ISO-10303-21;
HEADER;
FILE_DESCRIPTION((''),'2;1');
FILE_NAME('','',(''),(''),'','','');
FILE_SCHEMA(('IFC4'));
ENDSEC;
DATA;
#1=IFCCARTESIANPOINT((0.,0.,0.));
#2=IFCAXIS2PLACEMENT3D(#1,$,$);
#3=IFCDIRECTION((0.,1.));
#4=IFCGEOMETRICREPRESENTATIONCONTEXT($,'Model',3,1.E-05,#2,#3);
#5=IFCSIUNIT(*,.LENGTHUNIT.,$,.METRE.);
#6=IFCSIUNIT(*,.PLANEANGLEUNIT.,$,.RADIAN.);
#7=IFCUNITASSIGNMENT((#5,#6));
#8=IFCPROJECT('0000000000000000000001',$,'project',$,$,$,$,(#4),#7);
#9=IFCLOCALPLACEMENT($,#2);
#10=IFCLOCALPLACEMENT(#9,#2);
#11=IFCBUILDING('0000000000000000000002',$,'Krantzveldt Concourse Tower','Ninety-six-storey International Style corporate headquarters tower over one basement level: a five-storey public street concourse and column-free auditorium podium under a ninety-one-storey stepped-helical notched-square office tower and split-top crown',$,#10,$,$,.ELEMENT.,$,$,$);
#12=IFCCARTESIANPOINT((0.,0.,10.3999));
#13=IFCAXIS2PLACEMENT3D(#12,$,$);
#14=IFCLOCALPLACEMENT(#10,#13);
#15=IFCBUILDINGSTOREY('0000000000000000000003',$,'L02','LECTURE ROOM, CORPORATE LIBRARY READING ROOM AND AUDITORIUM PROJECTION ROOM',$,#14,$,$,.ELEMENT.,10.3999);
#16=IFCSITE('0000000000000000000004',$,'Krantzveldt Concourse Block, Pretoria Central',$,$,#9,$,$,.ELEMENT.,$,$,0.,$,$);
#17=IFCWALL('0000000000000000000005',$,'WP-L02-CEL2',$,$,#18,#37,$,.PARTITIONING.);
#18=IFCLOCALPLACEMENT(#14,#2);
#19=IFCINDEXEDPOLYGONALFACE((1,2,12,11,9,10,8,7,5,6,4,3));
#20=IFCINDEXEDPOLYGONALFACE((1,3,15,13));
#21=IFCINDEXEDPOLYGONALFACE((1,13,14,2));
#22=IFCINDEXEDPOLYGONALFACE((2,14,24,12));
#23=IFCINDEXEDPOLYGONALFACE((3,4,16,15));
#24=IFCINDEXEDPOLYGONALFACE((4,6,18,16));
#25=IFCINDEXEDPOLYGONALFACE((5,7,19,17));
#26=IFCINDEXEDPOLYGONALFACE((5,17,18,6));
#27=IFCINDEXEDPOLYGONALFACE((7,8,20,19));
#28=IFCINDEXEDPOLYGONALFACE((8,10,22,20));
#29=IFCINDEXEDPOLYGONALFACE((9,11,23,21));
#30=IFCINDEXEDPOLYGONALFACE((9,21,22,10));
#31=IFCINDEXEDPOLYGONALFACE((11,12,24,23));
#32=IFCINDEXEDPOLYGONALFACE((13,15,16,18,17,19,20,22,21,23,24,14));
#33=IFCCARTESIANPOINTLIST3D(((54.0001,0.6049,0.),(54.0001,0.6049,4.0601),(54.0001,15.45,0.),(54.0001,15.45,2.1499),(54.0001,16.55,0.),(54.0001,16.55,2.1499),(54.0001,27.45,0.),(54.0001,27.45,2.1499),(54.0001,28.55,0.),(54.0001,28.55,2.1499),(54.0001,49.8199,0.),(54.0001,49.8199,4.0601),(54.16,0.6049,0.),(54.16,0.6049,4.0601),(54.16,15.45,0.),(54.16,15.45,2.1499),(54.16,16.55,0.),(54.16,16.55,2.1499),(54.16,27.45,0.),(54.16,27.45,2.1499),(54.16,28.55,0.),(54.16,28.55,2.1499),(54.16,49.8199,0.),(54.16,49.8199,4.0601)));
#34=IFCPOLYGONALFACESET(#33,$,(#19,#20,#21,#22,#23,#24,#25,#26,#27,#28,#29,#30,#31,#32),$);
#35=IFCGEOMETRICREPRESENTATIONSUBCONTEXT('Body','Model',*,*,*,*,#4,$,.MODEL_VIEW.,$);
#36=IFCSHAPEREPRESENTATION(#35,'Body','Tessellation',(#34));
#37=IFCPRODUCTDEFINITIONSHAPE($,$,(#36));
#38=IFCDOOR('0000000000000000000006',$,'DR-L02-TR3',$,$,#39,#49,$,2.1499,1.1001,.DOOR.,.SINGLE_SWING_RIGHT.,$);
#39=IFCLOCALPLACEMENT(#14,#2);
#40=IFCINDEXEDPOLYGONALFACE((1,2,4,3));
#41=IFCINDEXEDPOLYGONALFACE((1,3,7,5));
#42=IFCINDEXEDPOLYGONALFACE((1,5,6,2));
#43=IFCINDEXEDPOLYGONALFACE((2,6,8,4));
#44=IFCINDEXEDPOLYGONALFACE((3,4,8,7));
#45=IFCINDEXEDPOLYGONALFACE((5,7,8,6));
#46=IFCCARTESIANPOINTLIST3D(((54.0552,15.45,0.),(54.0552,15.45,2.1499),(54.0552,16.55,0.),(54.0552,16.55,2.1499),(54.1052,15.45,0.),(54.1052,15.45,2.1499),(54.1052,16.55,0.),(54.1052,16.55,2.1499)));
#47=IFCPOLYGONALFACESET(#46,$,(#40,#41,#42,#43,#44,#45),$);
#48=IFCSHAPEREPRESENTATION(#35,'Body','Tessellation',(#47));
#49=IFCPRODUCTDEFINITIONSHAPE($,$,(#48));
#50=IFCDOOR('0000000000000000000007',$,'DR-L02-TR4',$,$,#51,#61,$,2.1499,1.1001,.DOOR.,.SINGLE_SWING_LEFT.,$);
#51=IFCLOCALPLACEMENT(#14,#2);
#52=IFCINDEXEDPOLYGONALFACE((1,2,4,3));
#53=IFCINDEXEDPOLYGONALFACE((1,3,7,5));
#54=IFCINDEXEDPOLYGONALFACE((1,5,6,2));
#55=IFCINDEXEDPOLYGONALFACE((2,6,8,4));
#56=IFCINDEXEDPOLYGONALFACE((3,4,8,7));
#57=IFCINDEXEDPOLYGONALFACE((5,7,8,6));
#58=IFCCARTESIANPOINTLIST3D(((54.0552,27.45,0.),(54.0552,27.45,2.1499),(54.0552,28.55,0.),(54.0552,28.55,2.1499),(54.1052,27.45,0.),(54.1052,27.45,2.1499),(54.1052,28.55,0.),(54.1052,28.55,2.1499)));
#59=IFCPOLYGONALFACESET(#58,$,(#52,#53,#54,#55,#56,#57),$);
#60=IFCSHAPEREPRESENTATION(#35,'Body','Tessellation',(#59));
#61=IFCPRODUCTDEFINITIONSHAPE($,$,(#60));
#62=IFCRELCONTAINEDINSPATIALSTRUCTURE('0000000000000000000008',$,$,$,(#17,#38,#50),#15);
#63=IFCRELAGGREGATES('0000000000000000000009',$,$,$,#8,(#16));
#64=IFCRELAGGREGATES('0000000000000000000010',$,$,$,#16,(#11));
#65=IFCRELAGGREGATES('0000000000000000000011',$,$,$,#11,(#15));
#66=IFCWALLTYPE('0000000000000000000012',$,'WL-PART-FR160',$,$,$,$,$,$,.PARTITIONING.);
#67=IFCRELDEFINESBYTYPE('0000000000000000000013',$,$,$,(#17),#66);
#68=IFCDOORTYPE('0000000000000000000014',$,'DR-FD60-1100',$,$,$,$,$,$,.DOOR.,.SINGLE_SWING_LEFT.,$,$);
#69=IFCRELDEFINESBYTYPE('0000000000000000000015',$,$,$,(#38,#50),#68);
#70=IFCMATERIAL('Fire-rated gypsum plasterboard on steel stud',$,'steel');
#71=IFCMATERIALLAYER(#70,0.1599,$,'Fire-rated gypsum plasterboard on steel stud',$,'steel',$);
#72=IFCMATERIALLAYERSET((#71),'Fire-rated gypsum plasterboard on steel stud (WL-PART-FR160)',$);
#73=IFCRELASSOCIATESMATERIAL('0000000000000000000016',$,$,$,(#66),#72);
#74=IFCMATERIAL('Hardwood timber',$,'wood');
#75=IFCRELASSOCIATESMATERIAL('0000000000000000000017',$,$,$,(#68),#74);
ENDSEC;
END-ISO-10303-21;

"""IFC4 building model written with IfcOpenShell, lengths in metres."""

from ifc_helpers import new_model, si_unit, direction, frame, frame_2d, origin, place, context, subcontext, project, spatial, rectangle, extrude, material, layer, layer_set, type_object, element, fill, save


model = new_model("IFC4")

# Units and contexts
model_context = context("Model", 3, precision=1e-05, world=origin(), true_north=direction((0.0, 1.0)))
body_context = subcontext(model_context, "Body", "Model", "MODEL_VIEW")
ifc_project = project(units=[si_unit("LENGTHUNIT", "METRE"), si_unit("PLANEANGLEUNIT", "RADIAN")], contexts=[model_context])

# Site, building, storey
site_placement = place(None, origin())
site = spatial("IfcSite", under=ifc_project, at=site_placement, Name="Krantzveldt Concourse Block, Pretoria Central", CompositionType="ELEMENT", RefElevation=0.0)
building_placement = place(site_placement, origin())
building = spatial("IfcBuilding", under=site, at=building_placement, Name="Krantzveldt Concourse Tower", Description="Ninety-six-storey International Style corporate headquarters tower over one basement level: a five-storey public street concourse and column-free auditorium podium under a ninety-one-storey stepped-helical notched-square office tower and split-top crown", CompositionType="ELEMENT")
storey_placement = place(building_placement, frame((0.0, 0.0, 10.3999)))
storey = spatial("IfcBuildingStorey", under=building, at=storey_placement, Name="L02", Description="LECTURE ROOM, CORPORATE LIBRARY READING ROOM AND AUDITORIUM PROJECTION ROOM", CompositionType="ELEMENT", Elevation=10.3999)

# Shared definitions
ifc_material_1 = material(Name="Fire-rated gypsum plasterboard on steel stud", Category="steel")

# Wall, openings, doors
ifc_layer_1 = layer(ifc_material_1, 0.1599, Name="Fire-rated gypsum plasterboard on steel stud", Category="steel")
ifc_layer_set_1 = layer_set([ifc_layer_1], Name="Fire-rated gypsum plasterboard on steel stud (WL-PART-FR160)")
wall_type_1 = type_object("IfcWallType", Name="WL-PART-FR160", PredefinedType="PARTITIONING", material=ifc_layer_set_1)
wall_1_placement = place(storey_placement, frame((54.0801, 0.605, 0.0), z_axis=(0.0, 0.0, 1.0), x_axis=(0.0, 1.0, 0.0)))
wall_1 = element("IfcWall", 1, at=wall_1_placement, inside=storey, type_object=wall_type_1, Name="WP-L02-CEL2", PredefinedType="PARTITIONING", context=body_context, shape_type="SweptSolid", body=[
    extrude(rectangle(XDim=49.2151, YDim=0.1599, at=frame_2d((24.6074, 0.0))), origin(), (0.0, 0.0, 1.0), 4.0601),
])
opening_1_placement = place(wall_1_placement, frame((14.845, 0.0, 0.0)))
opening_1 = element("IfcOpeningElement", 2, at=opening_1_placement, cuts=wall_1, PredefinedType="OPENING", context=body_context, shape_type="SweptSolid", body=[
    extrude(rectangle(XDim=1.1001, YDim=2.1499, at=frame_2d((0.55, 1.075))), frame((0.0, 0.0898, 0.0), z_axis=(0.0, -1.0, 0.0), x_axis=(1.0, 0.0, 0.0)), (0.0, 0.0, 1.0), 0.1799),
])
opening_2_placement = place(wall_1_placement, frame((26.845, 0.0, 0.0)))
opening_2 = element("IfcOpeningElement", 3, at=opening_2_placement, cuts=wall_1, PredefinedType="OPENING", context=body_context, shape_type="SweptSolid", body=[
    extrude(rectangle(XDim=1.1001, YDim=2.1499, at=frame_2d((0.55, 1.075))), frame((0.0, 0.0898, 0.0), z_axis=(0.0, -1.0, 0.0), x_axis=(1.0, 0.0, 0.0)), (0.0, 0.0, 1.0), 0.1799),
])
ifc_material_2 = material(Name="Hardwood timber", Category="wood")
door_type = type_object("IfcDoorType", Name="DR-FD60-1100", OperationType="SINGLE_SWING_LEFT", PredefinedType="DOOR", material=ifc_material_2)
door_1_placement = place(opening_1_placement, origin())
door_1 = element("IfcDoor", 4, at=door_1_placement, inside=storey, type_object=door_type, Name="DR-L02-TR3", OperationType="SINGLE_SWING_RIGHT", OverallHeight=2.1499, OverallWidth=1.1001, PredefinedType="DOOR", context=body_context, shape_type="SweptSolid", body=[
    extrude(rectangle(XDim=1.1001, YDim=2.1499, at=frame_2d((0.55, 1.075))), frame((0.0, 0.0249, 0.0), z_axis=(0.0, -1.0, 0.0), x_axis=(1.0, 0.0, 0.0)), (0.0, 0.0, 1.0), 0.05),
])
fill(opening_1, door_1)
door_2_placement = place(opening_2_placement, origin())
door_2 = element("IfcDoor", 5, at=door_2_placement, inside=storey, type_object=door_type, Name="DR-L02-TR4", OperationType="SINGLE_SWING_LEFT", OverallHeight=2.1499, OverallWidth=1.1001, PredefinedType="DOOR", context=body_context, shape_type="SweptSolid", body=[
    extrude(rectangle(XDim=1.1001, YDim=2.1499, at=frame_2d((0.55, 1.075))), frame((0.0, 0.0249, 0.0), z_axis=(0.0, -1.0, 0.0), x_axis=(1.0, 0.0, 0.0)), (0.0, 0.0, 1.0), 0.05),
])
fill(opening_2, door_2)

save(model, "model.ifc")
